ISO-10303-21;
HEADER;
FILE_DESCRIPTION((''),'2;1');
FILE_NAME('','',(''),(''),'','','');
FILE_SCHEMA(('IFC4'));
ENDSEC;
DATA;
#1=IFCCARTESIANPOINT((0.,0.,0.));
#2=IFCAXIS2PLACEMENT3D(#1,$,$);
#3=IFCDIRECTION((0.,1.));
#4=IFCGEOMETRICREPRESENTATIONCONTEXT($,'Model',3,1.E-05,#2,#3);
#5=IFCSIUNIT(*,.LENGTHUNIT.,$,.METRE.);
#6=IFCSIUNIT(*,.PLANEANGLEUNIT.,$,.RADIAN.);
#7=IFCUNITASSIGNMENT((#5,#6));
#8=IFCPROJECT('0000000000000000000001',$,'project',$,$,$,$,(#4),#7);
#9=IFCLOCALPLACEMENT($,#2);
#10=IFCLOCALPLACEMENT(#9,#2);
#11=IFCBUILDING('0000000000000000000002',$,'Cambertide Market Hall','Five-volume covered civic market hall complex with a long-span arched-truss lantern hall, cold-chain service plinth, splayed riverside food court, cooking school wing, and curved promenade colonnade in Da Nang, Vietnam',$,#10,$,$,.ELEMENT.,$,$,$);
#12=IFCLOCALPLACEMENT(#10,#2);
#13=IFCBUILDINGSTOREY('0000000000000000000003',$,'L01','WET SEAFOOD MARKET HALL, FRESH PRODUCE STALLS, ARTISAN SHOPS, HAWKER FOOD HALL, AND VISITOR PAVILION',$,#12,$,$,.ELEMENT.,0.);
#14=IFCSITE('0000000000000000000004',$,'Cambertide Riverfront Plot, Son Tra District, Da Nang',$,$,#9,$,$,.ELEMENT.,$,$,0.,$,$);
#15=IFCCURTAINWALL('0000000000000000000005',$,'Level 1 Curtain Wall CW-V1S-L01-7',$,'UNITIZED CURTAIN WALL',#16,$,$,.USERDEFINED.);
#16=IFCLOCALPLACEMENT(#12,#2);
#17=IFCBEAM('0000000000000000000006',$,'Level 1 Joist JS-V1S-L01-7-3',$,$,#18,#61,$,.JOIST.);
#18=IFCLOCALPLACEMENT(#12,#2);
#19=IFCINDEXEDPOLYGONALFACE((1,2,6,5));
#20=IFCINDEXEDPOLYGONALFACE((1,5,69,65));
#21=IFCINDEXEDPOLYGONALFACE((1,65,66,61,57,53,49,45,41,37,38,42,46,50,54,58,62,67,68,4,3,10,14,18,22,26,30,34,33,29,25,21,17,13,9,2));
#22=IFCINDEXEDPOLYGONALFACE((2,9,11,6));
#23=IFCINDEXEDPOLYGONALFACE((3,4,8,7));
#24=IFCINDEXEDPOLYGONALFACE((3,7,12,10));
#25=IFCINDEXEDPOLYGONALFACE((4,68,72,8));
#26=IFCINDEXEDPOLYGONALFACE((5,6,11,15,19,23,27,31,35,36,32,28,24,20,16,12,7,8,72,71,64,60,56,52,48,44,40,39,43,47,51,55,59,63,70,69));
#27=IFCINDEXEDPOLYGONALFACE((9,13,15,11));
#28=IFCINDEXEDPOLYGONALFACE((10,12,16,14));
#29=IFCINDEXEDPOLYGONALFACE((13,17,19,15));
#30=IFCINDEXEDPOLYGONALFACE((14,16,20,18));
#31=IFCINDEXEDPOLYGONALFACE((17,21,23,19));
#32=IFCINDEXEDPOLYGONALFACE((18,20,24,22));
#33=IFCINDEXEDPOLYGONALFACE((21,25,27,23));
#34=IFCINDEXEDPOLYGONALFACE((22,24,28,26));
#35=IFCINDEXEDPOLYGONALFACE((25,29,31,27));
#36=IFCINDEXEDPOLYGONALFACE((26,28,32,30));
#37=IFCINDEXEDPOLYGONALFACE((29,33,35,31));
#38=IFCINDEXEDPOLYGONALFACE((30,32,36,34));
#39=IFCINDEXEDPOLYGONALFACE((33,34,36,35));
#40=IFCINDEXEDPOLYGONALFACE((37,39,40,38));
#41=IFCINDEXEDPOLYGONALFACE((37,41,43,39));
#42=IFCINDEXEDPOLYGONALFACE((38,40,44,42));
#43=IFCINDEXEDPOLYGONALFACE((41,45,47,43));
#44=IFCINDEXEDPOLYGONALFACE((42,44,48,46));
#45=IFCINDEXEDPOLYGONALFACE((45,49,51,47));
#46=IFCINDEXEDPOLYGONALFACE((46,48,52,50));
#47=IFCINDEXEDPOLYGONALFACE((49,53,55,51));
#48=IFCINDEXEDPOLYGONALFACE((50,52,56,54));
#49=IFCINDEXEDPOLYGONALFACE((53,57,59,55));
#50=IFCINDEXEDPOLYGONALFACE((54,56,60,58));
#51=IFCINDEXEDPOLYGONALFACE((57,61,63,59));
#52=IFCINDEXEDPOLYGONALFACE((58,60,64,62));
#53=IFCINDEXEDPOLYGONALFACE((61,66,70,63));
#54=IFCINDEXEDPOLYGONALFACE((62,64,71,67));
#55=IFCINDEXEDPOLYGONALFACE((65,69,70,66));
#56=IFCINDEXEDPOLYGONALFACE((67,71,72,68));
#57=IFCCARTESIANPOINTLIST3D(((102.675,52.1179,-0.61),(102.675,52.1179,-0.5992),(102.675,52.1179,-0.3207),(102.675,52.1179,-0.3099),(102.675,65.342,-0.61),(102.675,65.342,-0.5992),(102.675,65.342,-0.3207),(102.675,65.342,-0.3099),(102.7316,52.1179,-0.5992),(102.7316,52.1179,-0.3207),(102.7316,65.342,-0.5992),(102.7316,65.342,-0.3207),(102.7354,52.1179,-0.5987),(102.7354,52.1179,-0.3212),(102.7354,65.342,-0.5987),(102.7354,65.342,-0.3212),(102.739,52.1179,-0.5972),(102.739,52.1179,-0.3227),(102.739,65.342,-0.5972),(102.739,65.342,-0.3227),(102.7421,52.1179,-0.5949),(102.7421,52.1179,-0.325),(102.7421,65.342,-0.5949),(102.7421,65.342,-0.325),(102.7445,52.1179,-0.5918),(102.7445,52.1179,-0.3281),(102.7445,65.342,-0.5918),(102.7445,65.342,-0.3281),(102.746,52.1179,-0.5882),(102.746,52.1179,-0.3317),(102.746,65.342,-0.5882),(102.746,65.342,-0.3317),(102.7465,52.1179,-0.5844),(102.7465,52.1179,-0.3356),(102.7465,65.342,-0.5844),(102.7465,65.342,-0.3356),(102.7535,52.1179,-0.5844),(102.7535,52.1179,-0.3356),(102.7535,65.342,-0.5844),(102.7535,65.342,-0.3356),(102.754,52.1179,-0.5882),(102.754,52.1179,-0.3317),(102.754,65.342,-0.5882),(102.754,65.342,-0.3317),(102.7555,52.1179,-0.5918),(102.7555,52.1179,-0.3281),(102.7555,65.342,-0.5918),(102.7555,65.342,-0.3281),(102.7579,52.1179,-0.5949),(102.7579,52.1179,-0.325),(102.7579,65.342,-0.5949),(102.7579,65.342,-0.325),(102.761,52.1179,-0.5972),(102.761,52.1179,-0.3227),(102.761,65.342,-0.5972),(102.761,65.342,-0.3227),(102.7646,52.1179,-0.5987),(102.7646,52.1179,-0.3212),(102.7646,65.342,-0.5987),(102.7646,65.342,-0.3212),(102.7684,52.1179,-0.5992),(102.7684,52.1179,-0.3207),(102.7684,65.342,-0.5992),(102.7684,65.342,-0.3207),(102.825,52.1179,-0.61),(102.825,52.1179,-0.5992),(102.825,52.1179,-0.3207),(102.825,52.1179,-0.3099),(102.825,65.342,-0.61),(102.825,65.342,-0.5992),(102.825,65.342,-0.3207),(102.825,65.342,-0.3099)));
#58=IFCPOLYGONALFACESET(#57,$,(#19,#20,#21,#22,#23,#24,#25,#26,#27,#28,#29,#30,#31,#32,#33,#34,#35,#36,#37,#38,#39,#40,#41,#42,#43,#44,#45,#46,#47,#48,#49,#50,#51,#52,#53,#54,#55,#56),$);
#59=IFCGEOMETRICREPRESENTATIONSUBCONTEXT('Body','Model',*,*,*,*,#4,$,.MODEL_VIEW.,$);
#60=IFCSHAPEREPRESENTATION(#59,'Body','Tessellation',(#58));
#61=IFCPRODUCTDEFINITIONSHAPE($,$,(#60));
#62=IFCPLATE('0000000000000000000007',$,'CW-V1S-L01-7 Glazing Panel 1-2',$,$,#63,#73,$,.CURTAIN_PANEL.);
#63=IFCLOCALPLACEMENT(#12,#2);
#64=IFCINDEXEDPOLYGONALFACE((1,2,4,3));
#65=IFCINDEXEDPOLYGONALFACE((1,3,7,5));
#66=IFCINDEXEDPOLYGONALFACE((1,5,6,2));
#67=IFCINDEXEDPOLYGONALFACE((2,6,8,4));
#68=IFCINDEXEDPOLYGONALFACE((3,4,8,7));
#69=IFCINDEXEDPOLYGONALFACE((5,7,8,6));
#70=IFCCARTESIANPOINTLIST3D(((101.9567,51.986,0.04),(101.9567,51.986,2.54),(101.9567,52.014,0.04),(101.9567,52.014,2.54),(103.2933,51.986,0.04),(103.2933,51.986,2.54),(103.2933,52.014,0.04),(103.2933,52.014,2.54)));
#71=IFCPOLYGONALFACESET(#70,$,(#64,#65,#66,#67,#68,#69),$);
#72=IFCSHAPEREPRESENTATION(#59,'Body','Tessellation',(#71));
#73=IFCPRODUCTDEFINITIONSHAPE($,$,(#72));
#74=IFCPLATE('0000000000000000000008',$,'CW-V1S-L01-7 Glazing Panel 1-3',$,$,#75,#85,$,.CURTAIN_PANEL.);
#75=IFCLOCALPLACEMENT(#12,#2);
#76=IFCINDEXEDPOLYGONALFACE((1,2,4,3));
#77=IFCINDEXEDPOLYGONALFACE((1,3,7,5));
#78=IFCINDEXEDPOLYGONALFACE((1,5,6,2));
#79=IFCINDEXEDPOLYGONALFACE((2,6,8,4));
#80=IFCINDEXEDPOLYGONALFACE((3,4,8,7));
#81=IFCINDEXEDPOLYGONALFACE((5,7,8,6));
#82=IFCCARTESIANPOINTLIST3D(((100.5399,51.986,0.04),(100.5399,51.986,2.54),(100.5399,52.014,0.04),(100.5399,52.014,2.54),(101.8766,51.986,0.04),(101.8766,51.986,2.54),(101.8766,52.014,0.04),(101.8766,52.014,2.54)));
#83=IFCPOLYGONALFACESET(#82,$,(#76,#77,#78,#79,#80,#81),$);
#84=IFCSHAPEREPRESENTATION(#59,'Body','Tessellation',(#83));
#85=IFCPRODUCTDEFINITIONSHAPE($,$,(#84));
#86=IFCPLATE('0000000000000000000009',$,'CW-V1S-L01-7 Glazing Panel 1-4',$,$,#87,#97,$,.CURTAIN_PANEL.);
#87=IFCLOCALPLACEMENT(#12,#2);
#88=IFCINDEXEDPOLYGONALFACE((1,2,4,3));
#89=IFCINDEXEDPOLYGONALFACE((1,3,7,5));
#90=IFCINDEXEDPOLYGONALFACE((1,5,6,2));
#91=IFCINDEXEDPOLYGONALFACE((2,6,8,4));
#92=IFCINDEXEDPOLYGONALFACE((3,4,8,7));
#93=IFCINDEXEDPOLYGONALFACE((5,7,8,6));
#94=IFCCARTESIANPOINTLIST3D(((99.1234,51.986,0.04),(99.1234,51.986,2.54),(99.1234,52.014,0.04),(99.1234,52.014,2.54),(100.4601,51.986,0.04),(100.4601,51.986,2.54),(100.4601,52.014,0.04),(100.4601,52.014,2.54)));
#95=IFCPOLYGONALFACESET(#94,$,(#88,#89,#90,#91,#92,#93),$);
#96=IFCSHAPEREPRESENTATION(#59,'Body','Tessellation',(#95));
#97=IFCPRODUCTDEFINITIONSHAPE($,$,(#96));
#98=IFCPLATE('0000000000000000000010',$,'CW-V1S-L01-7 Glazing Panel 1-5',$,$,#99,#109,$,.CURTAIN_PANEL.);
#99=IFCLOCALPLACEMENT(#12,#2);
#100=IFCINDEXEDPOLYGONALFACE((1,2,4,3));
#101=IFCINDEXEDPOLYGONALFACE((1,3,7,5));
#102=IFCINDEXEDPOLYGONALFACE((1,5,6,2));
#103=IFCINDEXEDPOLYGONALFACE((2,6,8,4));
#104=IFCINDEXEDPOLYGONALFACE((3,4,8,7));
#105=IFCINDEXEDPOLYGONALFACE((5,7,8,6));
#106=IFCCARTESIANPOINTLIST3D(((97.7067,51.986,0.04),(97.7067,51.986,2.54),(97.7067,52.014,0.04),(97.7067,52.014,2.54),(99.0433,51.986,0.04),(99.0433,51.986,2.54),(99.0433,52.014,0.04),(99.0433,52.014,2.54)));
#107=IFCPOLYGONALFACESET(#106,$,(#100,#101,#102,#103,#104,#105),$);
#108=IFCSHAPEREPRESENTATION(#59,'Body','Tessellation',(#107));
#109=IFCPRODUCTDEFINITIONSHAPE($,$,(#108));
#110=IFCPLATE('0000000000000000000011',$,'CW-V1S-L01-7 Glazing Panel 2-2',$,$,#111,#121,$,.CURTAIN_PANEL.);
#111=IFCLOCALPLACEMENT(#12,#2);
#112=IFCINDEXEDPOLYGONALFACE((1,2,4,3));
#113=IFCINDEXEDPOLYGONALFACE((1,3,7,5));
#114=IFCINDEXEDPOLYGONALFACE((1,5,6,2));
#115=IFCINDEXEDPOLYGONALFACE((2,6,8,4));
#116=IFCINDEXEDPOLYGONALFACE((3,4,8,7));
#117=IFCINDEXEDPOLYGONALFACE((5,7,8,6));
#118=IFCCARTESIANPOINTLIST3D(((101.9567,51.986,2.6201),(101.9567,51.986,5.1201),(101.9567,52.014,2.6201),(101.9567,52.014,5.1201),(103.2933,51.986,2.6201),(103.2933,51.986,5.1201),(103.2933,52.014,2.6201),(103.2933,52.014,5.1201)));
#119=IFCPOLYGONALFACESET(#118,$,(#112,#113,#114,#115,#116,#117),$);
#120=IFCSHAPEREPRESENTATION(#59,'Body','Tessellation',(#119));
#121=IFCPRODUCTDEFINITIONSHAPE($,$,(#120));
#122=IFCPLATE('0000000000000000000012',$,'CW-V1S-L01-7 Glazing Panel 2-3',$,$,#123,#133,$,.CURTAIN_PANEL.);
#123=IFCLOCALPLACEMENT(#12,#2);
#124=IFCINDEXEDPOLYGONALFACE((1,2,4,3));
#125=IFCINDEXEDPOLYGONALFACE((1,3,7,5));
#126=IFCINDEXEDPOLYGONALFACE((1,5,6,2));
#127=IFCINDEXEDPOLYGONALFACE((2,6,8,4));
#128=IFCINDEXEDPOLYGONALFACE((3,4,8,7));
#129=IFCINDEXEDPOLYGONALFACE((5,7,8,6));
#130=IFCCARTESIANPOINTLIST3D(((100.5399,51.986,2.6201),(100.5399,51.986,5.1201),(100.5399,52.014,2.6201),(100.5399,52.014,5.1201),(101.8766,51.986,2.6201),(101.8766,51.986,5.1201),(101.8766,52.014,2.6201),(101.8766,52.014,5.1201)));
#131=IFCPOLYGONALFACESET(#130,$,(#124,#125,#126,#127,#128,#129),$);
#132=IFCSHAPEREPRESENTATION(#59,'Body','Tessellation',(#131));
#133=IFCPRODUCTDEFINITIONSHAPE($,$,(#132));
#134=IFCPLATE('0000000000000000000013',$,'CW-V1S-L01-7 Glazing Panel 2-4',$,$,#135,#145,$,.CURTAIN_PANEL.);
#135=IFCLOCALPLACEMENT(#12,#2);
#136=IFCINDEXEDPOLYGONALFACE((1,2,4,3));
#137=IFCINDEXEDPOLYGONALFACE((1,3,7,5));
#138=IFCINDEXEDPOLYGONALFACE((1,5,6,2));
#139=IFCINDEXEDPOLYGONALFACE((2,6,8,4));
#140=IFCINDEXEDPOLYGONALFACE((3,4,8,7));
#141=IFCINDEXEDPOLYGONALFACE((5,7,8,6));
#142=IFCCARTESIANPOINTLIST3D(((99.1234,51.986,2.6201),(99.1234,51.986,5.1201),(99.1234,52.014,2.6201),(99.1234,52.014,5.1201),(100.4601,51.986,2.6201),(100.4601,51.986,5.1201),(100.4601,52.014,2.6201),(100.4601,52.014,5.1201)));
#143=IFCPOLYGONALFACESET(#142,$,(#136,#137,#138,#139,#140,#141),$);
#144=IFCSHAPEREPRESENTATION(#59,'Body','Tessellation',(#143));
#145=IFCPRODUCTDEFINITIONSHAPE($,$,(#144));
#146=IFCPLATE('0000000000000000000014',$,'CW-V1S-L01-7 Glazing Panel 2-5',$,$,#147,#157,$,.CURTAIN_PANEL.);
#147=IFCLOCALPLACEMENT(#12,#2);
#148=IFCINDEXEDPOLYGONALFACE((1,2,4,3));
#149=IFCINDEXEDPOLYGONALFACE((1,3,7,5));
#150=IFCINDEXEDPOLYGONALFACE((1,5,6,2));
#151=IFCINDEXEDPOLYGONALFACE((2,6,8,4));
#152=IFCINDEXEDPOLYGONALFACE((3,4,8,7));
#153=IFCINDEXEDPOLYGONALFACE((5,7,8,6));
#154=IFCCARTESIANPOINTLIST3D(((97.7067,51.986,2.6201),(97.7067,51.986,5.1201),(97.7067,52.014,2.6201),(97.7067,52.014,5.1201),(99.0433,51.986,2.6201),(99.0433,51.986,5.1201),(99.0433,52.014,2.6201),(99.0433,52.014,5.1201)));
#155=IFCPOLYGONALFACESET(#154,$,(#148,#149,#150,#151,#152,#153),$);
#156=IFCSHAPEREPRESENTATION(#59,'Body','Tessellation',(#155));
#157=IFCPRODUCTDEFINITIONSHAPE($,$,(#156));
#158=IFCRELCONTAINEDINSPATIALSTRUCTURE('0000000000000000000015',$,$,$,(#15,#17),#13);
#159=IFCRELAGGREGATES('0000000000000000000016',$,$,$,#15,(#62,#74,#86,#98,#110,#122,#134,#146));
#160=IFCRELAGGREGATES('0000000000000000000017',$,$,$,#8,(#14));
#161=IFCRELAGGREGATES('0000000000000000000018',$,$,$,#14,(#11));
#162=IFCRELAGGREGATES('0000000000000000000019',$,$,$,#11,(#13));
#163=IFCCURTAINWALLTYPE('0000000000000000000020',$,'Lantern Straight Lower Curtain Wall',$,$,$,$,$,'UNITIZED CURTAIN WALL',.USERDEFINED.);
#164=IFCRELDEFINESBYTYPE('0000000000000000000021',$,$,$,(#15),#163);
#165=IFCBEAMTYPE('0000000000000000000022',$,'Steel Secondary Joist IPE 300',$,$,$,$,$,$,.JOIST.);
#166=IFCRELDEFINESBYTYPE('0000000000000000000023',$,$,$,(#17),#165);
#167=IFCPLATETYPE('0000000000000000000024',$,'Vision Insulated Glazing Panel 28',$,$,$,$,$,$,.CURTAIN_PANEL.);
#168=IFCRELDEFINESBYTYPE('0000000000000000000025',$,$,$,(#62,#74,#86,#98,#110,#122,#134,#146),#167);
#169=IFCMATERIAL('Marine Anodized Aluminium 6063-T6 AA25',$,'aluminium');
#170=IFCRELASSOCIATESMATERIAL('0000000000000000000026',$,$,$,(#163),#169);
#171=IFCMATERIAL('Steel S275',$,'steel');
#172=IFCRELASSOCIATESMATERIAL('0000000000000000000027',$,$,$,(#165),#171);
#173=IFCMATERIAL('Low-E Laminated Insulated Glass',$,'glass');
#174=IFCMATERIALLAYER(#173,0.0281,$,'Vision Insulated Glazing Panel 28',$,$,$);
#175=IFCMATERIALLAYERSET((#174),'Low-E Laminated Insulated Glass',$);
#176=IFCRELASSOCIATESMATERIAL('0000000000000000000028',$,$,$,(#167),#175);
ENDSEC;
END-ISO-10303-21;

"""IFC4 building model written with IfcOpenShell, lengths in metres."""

from ifc_helpers import new_model, si_unit, direction, frame, origin, origin_2d, place, context, subcontext, project, spatial, rectangle, i_section, extrude, material, layer, layer_set, material_profile, profile_set, type_object, element, aggregate, save


model = new_model("IFC4")

# Units and contexts
model_context = context("Model", 3, precision=1e-05, world=origin(), true_north=direction((0.0, 1.0)))
body_context = subcontext(model_context, "Body", "Model", "MODEL_VIEW")
ifc_project = project(units=[si_unit("LENGTHUNIT", "METRE"), si_unit("PLANEANGLEUNIT", "RADIAN")], contexts=[model_context])

# Site, building, storey
site_placement = place(None, origin())
site = spatial("IfcSite", under=ifc_project, at=site_placement, Name="Cambertide Riverfront Plot, Son Tra District, Da Nang", CompositionType="ELEMENT", RefElevation=0.0)
building_placement = place(site_placement, origin())
building = spatial("IfcBuilding", under=site, at=building_placement, Name="Cambertide Market Hall", Description="Five-volume covered civic market hall complex with a long-span arched-truss lantern hall, cold-chain service plinth, splayed riverside food court, cooking school wing, and curved promenade colonnade in Da Nang, Vietnam", CompositionType="ELEMENT")
storey_placement = place(building_placement, origin())
storey = spatial("IfcBuildingStorey", under=building, at=storey_placement, Name="L01", Description="WET SEAFOOD MARKET HALL, FRESH PRODUCE STALLS, ARTISAN SHOPS, HAWKER FOOD HALL, AND VISITOR PAVILION", CompositionType="ELEMENT", Elevation=0.0)

# Curtain wall
ifc_material_1 = material(Name="Marine Anodized Aluminium 6063-T6 AA25", Category="aluminium")
curtain_wall_type = type_object("IfcCurtainWallType", Name="Lantern Straight Lower Curtain Wall", ElementType="UNITIZED CURTAIN WALL", PredefinedType="USERDEFINED", material=ifc_material_1)
curtain_wall_placement = place(storey_placement, origin())
curtain_wall = element("IfcCurtainWall", 1, at=curtain_wall_placement, inside=storey, type_object=curtain_wall_type, Name="Level 1 Curtain Wall CW-V1S-L01-7", ObjectType="UNITIZED CURTAIN WALL", PredefinedType="USERDEFINED")

# Beam
ifc_material_2 = material(Name="Steel S275", Category="steel")
ifc_material_profile_1 = material_profile(ifc_material_2, i_section(OverallWidth=0.1499, OverallDepth=0.3, WebThickness=0.0071, FlangeThickness=0.0107, FilletRadius=0.0149, at=origin_2d()), Name="IPE 300")
ifc_profile_set_1 = profile_set([ifc_material_profile_1], Name="Steel S275")
beam_type = type_object("IfcBeamType", Name="Steel Secondary Joist IPE 300", PredefinedType="JOIST", material=ifc_profile_set_1)
for number, where, z_axis, x_axis, name in (
    (2, (102.75, 52.1179, -0.46), (0.0, 1.0, 0.0), (-1.0, 0.0, 0.0), "Level 1 Joist JS-V1S-L01-7-3"),
):
    element("IfcBeam", number, at=place(storey_placement, frame(where, z_axis=z_axis, x_axis=x_axis)), inside=storey, type_object=beam_type, Name=name, PredefinedType="JOIST", context=body_context, shape_type="SweptSolid", body=[
        extrude(i_section(OverallWidth=0.1499, OverallDepth=0.3, WebThickness=0.0071, FlangeThickness=0.0107, FilletRadius=0.0149, at=origin_2d()), origin(), (0.0, 0.0, 1.0), 13.2241),
    ])

# Plates
ifc_material_3 = material(Name="Low-E Laminated Insulated Glass", Category="glass")
ifc_layer = layer(ifc_material_3, 0.0281, Name="Vision Insulated Glazing Panel 28")
ifc_layer_set = layer_set([ifc_layer], Name="Low-E Laminated Insulated Glass")
plate_type = type_object("IfcPlateType", Name="Vision Insulated Glazing Panel 28", PredefinedType="CURTAIN_PANEL", material=ifc_layer_set)
plate_1_placement = place(storey_placement, frame((102.625, 52.0, 0.04), z_axis=(0.0, 0.0, 1.0), x_axis=(-1.0, 0.0, 0.0)))
plate_1 = element("IfcPlate", 3, at=plate_1_placement, type_object=plate_type, Name="CW-V1S-L01-7 Glazing Panel 1-2", PredefinedType="CURTAIN_PANEL", context=body_context, shape_type="SweptSolid", body=[
    extrude(rectangle(XDim=1.3367, YDim=0.0281, at=origin_2d()), origin(), (0.0, 0.0, 1.0), 2.5),
])
plate_2_placement = place(storey_placement, frame((101.2083, 52.0, 0.04), z_axis=(0.0, 0.0, 1.0), x_axis=(-1.0, 0.0, 0.0)))
plate_2 = element("IfcPlate", 4, at=plate_2_placement, type_object=plate_type, Name="CW-V1S-L01-7 Glazing Panel 1-3", PredefinedType="CURTAIN_PANEL", context=body_context, shape_type="SweptSolid", body=[
    extrude(rectangle(XDim=1.3367, YDim=0.0281, at=origin_2d()), origin(), (0.0, 0.0, 1.0), 2.5),
])
plate_3_placement = place(storey_placement, frame((99.7917, 52.0, 0.04), z_axis=(0.0, 0.0, 1.0), x_axis=(-1.0, 0.0, 0.0)))
plate_3 = element("IfcPlate", 5, at=plate_3_placement, type_object=plate_type, Name="CW-V1S-L01-7 Glazing Panel 1-4", PredefinedType="CURTAIN_PANEL", context=body_context, shape_type="SweptSolid", body=[
    extrude(rectangle(XDim=1.3367, YDim=0.0281, at=origin_2d()), origin(), (0.0, 0.0, 1.0), 2.5),
])
plate_4_placement = place(storey_placement, frame((98.375, 52.0, 0.04), z_axis=(0.0, 0.0, 1.0), x_axis=(-1.0, 0.0, 0.0)))
plate_4 = element("IfcPlate", 6, at=plate_4_placement, type_object=plate_type, Name="CW-V1S-L01-7 Glazing Panel 1-5", PredefinedType="CURTAIN_PANEL", context=body_context, shape_type="SweptSolid", body=[
    extrude(rectangle(XDim=1.3367, YDim=0.0281, at=origin_2d()), origin(), (0.0, 0.0, 1.0), 2.5),
])
plate_5_placement = place(storey_placement, frame((102.625, 52.0, 2.6201), z_axis=(0.0, 0.0, 1.0), x_axis=(-1.0, 0.0, 0.0)))
plate_5 = element("IfcPlate", 7, at=plate_5_placement, type_object=plate_type, Name="CW-V1S-L01-7 Glazing Panel 2-2", PredefinedType="CURTAIN_PANEL", context=body_context, shape_type="SweptSolid", body=[
    extrude(rectangle(XDim=1.3367, YDim=0.0281, at=origin_2d()), origin(), (0.0, 0.0, 1.0), 2.5),
])
plate_6_placement = place(storey_placement, frame((101.2083, 52.0, 2.6201), z_axis=(0.0, 0.0, 1.0), x_axis=(-1.0, 0.0, 0.0)))
plate_6 = element("IfcPlate", 8, at=plate_6_placement, type_object=plate_type, Name="CW-V1S-L01-7 Glazing Panel 2-3", PredefinedType="CURTAIN_PANEL", context=body_context, shape_type="SweptSolid", body=[
    extrude(rectangle(XDim=1.3367, YDim=0.0281, at=origin_2d()), origin(), (0.0, 0.0, 1.0), 2.5),
])
plate_7_placement = place(storey_placement, frame((99.7917, 52.0, 2.6201), z_axis=(0.0, 0.0, 1.0), x_axis=(-1.0, 0.0, 0.0)))
plate_7 = element("IfcPlate", 9, at=plate_7_placement, type_object=plate_type, Name="CW-V1S-L01-7 Glazing Panel 2-4", PredefinedType="CURTAIN_PANEL", context=body_context, shape_type="SweptSolid", body=[
    extrude(rectangle(XDim=1.3367, YDim=0.0281, at=origin_2d()), origin(), (0.0, 0.0, 1.0), 2.5),
])
plate_8_placement = place(storey_placement, frame((98.375, 52.0, 2.6201), z_axis=(0.0, 0.0, 1.0), x_axis=(-1.0, 0.0, 0.0)))
plate_8 = element("IfcPlate", 10, at=plate_8_placement, type_object=plate_type, Name="CW-V1S-L01-7 Glazing Panel 2-5", PredefinedType="CURTAIN_PANEL", context=body_context, shape_type="SweptSolid", body=[
    extrude(rectangle(XDim=1.3367, YDim=0.0281, at=origin_2d()), origin(), (0.0, 0.0, 1.0), 2.5),
])
aggregate(curtain_wall, [plate_1, plate_2, plate_3, plate_4, plate_5, plate_6, plate_7, plate_8])

save(model, "model.ifc")
